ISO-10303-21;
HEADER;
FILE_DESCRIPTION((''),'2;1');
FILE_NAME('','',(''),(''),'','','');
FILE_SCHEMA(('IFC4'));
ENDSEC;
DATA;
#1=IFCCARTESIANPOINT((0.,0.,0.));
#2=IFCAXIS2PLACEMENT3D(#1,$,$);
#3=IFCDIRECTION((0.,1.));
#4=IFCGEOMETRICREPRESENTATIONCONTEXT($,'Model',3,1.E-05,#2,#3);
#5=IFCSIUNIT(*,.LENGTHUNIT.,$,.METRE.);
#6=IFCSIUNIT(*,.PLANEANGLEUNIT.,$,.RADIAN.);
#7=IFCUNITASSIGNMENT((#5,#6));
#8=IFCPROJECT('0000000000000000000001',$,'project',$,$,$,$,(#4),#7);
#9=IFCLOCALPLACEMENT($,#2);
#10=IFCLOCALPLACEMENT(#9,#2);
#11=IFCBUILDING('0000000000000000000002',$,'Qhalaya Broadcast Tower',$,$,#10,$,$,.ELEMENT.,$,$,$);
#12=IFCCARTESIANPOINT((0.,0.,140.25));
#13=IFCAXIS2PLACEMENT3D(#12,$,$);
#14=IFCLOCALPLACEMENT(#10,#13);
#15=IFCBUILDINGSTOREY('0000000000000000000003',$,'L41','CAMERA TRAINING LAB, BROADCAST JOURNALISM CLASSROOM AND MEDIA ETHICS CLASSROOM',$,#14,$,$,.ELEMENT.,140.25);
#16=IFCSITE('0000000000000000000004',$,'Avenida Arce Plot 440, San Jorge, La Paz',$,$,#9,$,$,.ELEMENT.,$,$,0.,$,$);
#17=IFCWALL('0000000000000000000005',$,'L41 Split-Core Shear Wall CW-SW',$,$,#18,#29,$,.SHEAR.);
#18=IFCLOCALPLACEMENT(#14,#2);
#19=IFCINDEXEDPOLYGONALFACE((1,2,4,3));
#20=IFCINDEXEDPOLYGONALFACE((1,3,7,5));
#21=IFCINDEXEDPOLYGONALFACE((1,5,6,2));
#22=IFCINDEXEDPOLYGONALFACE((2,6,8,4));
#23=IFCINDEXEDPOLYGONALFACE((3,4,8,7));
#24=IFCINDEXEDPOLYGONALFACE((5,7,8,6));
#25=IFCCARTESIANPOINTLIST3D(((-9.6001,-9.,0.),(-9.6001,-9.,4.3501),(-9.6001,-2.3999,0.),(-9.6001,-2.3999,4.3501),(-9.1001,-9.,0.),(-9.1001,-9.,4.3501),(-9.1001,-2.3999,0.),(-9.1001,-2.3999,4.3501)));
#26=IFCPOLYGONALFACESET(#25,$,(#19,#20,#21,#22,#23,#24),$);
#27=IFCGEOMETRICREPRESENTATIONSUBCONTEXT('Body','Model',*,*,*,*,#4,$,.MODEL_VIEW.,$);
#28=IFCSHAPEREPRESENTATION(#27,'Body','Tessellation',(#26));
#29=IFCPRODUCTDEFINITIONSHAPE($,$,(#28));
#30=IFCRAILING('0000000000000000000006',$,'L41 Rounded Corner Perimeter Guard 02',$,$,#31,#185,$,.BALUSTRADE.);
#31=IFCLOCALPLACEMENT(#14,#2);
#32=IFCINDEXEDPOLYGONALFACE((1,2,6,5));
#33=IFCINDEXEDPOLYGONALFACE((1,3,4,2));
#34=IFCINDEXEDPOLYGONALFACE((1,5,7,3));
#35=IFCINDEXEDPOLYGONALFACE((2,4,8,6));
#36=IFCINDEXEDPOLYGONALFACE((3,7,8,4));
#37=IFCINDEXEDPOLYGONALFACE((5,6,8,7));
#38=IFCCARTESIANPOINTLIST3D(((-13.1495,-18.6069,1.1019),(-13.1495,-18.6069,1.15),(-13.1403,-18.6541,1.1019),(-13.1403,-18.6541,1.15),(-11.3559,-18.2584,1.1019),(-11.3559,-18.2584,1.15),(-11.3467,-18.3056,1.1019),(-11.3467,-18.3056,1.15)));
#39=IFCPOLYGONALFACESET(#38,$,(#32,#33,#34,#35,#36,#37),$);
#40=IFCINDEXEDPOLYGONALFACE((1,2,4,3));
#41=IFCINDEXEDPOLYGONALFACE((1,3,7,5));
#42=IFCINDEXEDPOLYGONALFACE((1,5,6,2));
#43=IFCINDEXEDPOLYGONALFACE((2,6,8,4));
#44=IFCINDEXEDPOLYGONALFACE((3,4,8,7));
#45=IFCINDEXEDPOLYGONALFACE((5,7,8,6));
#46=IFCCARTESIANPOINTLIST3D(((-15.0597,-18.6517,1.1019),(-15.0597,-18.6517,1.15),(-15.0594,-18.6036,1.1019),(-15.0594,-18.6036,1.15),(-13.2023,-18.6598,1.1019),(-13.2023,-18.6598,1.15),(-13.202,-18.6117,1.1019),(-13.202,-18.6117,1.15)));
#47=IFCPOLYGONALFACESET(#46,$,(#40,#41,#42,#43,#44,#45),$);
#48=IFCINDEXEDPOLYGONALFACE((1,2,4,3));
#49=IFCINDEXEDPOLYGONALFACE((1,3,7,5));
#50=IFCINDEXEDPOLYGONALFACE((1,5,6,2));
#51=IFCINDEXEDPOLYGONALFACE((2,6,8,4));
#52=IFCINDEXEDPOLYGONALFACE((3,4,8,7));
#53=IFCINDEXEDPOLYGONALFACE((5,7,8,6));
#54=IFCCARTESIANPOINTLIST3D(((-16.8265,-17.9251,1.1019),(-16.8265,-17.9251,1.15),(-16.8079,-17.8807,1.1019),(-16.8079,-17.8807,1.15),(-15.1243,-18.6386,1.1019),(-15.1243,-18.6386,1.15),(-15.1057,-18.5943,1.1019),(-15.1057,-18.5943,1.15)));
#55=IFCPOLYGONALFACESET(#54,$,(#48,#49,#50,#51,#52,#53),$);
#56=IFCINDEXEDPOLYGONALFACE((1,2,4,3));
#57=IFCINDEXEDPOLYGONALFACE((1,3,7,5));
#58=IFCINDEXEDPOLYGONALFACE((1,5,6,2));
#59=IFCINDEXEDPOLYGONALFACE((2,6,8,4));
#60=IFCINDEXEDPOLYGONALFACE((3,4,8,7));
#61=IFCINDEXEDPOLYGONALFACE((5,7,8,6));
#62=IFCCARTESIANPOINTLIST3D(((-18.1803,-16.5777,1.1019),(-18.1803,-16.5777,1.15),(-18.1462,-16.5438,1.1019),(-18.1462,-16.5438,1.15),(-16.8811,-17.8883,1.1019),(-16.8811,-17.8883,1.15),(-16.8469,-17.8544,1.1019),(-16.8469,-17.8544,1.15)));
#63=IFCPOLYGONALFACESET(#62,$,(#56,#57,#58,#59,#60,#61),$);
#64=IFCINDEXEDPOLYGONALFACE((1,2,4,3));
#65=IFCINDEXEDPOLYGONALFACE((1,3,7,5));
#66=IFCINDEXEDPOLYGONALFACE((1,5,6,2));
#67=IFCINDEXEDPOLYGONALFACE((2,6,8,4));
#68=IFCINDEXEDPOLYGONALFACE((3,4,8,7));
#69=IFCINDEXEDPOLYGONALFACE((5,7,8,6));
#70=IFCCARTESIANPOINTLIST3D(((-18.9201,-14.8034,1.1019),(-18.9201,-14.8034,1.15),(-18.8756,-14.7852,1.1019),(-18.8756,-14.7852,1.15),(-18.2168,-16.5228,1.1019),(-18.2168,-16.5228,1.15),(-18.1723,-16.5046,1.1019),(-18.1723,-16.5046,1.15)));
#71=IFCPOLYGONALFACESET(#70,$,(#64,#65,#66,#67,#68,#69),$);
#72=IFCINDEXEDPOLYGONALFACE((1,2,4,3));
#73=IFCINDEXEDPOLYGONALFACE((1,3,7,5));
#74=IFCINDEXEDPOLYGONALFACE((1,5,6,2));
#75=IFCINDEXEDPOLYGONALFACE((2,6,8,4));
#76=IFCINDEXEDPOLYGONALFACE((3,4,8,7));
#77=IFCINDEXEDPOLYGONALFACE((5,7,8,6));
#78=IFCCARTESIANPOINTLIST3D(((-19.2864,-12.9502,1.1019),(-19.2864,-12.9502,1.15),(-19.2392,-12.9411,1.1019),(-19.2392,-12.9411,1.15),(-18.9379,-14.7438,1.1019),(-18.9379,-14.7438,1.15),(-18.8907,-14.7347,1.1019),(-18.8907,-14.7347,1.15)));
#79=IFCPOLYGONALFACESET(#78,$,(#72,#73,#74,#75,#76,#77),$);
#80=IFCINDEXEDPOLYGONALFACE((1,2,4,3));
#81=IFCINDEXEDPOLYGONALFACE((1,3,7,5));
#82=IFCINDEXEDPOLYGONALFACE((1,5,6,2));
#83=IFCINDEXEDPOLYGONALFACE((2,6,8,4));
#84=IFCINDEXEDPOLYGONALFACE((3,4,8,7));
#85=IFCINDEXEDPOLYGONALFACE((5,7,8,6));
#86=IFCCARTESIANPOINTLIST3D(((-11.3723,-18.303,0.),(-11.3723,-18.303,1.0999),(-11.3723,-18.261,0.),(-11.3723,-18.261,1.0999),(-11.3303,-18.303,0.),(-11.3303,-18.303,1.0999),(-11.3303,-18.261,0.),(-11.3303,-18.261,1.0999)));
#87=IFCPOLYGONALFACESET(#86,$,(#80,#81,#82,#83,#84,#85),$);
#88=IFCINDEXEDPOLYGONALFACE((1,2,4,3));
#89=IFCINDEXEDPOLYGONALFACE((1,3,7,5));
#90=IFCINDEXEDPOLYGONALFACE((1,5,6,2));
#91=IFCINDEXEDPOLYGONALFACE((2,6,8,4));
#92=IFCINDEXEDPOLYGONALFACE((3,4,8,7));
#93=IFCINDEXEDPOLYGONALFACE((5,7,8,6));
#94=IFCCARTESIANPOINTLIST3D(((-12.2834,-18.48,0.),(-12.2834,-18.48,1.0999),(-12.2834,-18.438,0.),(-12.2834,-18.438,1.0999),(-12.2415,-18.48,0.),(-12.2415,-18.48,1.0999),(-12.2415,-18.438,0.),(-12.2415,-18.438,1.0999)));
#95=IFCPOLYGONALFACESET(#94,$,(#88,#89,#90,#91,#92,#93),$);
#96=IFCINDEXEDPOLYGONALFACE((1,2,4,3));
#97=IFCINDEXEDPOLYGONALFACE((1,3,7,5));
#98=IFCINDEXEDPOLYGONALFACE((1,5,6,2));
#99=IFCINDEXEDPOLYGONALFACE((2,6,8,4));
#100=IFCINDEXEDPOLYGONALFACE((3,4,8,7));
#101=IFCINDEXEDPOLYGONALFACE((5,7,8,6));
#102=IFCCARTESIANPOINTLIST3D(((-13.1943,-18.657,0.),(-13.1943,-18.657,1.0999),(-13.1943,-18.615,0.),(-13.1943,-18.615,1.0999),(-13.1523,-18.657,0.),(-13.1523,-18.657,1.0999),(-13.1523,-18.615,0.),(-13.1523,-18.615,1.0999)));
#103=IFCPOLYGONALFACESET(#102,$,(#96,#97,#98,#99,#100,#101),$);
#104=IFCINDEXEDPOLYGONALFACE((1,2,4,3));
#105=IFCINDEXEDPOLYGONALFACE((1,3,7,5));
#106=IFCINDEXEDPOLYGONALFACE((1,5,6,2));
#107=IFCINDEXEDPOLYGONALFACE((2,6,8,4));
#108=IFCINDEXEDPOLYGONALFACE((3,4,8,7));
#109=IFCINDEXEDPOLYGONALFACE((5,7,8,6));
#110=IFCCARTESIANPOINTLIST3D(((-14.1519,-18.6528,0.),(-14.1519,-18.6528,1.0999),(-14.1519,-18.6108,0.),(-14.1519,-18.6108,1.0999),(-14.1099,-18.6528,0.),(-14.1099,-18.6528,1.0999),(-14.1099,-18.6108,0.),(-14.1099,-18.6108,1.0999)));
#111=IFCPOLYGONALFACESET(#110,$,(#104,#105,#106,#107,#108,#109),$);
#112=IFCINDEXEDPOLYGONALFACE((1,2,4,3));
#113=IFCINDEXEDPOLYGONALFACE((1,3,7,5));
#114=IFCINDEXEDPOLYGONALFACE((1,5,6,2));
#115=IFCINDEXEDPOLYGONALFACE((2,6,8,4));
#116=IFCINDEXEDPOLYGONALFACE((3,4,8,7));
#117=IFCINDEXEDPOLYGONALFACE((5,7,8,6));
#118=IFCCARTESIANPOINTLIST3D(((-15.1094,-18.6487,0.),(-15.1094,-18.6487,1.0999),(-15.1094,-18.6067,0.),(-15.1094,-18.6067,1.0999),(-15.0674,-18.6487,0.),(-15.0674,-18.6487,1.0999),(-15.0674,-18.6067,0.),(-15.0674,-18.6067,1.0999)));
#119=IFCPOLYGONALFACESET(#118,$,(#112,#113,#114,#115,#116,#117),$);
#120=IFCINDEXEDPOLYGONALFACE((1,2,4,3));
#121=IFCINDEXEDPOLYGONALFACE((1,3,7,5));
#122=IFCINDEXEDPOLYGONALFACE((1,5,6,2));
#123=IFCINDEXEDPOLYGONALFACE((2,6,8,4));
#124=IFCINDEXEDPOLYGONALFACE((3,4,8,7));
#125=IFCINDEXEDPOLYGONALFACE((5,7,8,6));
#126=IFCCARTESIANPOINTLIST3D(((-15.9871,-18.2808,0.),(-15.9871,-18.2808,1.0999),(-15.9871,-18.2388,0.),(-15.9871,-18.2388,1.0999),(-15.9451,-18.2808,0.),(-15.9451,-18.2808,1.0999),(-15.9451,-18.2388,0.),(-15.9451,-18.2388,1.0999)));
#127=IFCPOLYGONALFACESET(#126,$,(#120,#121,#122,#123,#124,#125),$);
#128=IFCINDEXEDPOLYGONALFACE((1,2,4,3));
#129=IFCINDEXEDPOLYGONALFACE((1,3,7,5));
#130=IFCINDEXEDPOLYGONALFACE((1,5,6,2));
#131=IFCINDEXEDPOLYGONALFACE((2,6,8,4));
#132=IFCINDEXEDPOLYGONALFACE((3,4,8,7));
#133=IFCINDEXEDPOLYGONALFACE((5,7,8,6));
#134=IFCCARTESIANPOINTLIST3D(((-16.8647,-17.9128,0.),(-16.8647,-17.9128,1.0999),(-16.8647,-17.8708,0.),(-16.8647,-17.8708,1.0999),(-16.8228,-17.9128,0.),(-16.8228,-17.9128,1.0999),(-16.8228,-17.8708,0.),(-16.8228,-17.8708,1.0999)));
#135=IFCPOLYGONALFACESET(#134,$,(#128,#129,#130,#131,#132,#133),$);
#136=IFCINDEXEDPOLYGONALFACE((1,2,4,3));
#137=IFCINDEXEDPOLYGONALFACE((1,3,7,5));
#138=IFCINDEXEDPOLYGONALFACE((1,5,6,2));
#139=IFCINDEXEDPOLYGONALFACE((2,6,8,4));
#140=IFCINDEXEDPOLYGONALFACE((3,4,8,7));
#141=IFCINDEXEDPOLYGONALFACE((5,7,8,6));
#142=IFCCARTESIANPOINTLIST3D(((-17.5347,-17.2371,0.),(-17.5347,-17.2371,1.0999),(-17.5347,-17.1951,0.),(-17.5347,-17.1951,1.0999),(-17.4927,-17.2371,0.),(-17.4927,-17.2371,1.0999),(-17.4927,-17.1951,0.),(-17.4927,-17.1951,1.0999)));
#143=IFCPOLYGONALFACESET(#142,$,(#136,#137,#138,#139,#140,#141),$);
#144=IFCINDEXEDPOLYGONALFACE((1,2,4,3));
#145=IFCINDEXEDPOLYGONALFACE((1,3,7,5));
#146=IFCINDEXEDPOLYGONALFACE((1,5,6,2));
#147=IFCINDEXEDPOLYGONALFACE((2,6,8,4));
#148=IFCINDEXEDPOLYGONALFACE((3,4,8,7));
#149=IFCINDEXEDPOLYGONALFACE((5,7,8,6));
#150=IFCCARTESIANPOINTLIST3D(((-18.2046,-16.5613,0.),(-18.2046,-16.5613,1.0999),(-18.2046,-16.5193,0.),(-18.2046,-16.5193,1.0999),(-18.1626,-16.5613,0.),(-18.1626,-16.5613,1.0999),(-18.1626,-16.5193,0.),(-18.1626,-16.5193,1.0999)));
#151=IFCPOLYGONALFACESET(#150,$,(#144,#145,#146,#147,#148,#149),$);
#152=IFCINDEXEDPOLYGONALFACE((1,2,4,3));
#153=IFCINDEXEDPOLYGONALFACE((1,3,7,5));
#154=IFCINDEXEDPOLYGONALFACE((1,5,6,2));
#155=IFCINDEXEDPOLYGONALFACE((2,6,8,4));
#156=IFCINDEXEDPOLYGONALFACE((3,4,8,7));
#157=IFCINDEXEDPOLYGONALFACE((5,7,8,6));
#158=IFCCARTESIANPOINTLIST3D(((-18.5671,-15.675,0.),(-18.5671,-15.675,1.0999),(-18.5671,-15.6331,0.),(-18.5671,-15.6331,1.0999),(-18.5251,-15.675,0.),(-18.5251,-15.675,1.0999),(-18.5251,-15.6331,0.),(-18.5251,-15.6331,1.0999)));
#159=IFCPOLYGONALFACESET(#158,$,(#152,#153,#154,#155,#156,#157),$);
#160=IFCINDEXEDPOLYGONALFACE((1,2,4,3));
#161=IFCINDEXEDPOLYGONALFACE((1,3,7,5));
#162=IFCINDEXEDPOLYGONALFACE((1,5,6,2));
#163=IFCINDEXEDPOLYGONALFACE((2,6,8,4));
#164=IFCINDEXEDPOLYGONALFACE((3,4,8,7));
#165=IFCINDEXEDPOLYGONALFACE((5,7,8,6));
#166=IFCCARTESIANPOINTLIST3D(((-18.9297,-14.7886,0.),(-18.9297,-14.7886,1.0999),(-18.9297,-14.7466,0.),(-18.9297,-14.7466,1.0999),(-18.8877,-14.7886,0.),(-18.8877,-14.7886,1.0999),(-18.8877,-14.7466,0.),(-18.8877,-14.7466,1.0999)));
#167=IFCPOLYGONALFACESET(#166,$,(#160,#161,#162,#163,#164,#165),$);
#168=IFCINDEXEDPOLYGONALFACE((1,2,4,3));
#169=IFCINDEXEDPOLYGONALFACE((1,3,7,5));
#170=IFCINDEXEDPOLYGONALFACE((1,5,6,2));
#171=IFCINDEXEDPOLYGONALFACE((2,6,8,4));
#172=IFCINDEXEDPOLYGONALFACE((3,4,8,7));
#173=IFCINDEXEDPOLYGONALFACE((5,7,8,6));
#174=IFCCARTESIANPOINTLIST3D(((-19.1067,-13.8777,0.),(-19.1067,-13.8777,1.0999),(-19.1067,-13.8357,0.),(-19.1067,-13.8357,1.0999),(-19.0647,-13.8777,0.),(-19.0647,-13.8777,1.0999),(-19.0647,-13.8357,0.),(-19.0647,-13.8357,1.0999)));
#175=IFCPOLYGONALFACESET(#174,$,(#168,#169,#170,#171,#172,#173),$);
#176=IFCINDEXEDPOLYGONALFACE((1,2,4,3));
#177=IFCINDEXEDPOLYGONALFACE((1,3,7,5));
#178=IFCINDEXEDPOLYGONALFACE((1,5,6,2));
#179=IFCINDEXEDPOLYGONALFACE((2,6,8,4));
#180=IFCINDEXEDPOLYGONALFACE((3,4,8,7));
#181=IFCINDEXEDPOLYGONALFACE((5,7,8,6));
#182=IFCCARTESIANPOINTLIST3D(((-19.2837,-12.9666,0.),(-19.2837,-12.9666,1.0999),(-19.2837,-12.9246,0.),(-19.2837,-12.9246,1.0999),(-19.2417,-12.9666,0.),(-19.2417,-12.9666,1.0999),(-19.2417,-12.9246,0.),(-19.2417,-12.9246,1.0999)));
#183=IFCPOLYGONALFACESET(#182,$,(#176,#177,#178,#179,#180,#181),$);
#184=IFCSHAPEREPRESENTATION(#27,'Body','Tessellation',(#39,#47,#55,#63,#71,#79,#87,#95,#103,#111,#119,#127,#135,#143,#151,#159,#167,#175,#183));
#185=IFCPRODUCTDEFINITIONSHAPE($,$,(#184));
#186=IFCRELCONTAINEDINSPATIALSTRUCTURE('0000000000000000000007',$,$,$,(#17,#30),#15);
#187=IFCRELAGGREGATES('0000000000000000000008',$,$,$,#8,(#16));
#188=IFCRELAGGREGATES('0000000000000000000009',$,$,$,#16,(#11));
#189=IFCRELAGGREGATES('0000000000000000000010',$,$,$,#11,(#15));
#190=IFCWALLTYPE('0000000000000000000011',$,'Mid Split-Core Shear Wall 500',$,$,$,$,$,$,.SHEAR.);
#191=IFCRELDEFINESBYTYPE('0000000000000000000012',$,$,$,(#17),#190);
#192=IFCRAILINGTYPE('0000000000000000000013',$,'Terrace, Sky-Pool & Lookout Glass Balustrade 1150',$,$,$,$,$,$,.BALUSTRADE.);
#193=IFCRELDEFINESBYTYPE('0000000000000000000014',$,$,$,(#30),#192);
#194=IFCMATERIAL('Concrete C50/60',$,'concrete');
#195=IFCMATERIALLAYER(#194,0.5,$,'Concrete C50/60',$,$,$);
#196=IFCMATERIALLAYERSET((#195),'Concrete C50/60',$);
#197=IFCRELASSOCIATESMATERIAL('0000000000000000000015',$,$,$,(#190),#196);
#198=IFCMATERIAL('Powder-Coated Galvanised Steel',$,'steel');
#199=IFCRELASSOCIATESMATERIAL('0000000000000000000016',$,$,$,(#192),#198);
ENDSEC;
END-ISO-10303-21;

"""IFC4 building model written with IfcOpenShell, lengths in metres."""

from ifc_helpers import new_model, si_unit, direction, frame, frame_2d, origin, origin_2d, place, context, subcontext, project, spatial, rectangle, extrude, material, layer, layer_set, type_object, element, save


model = new_model("IFC4")

# Units and contexts
model_context = context("Model", 3, precision=1e-05, world=origin(), true_north=direction((0.0, 1.0)))
body_context = subcontext(model_context, "Body", "Model", "MODEL_VIEW")
ifc_project = project(units=[si_unit("LENGTHUNIT", "METRE"), si_unit("PLANEANGLEUNIT", "RADIAN")], contexts=[model_context])

# Site, building, storey
site_placement = place(None, origin())
site = spatial("IfcSite", under=ifc_project, at=site_placement, Name="Avenida Arce Plot 440, San Jorge, La Paz", CompositionType="ELEMENT", RefElevation=0.0)
building_placement = place(site_placement, origin())
building = spatial("IfcBuilding", under=site, at=building_placement, Name="Qhalaya Broadcast Tower", CompositionType="ELEMENT")
storey_placement = place(building_placement, frame((0.0, 0.0, 140.25)))
storey = spatial("IfcBuildingStorey", under=building, at=storey_placement, Name="L41", Description="CAMERA TRAINING LAB, BROADCAST JOURNALISM CLASSROOM AND MEDIA ETHICS CLASSROOM", CompositionType="ELEMENT", Elevation=140.25)

# Wall
ifc_material_1 = material(Name="Concrete C50/60", Category="concrete")
ifc_layer_1 = layer(ifc_material_1, 0.5, Name="Concrete C50/60")
ifc_layer_set_1 = layer_set([ifc_layer_1], Name="Concrete C50/60")
wall_type_1 = type_object("IfcWallType", Name="Mid Split-Core Shear Wall 500", PredefinedType="SHEAR", material=ifc_layer_set_1)
wall_1_placement = place(storey_placement, frame((-9.3501, -9.0, 0.0), z_axis=(0.0, 0.0, 1.0), x_axis=(0.0, 1.0, 0.0)))
element("IfcWall", 1, at=wall_1_placement, inside=storey, type_object=wall_type_1, Name="L41 Split-Core Shear Wall CW-SW", PredefinedType="SHEAR", context=body_context, shape_type="SweptSolid", body=[
    extrude(rectangle(XDim=6.6001, YDim=0.5, at=frame_2d((3.3, 0.0))), origin(), (0.0, 0.0, 1.0), 4.3501),
])

# Railing
ifc_material_2 = material(Name="Powder-Coated Galvanised Steel", Category="steel")
railing_type = type_object("IfcRailingType", Name="Terrace, Sky-Pool & Lookout Glass Balustrade 1150", PredefinedType="BALUSTRADE", material=ifc_material_2)
railing_placement = place(storey_placement, frame((-11.3513, -18.282, 0.0)))
element("IfcRailing", 2, at=railing_placement, inside=storey, type_object=railing_type, Name="L41 Rounded Corner Perimeter Guard 02", PredefinedType="BALUSTRADE", context=body_context, shape_type="SweptSolid", body=[
    extrude(rectangle(XDim=0.0481, YDim=0.0481, at=origin_2d()), frame((0.0, 0.0, 1.126), z_axis=(-0.981643, -0.190725, 0.0), x_axis=(0.190725, -0.981643, 0.0)), (0.0, 0.0, 1.0), 1.8271),
    extrude(rectangle(XDim=0.0481, YDim=0.0481, at=origin_2d()), frame((-1.8508, -0.3538, 1.126), z_axis=(-0.999991, 0.004334, 0.0), x_axis=(-0.004334, -0.999991, 0.0)), (0.0, 0.0, 1.0), 1.8574),
    extrude(rectangle(XDim=0.0481, YDim=0.0481, at=origin_2d()), frame((-3.7637, -0.3345, 1.126), z_axis=(-0.922247, 0.3866, 0.0), x_axis=(-0.3866, -0.922247, 0.0)), (0.0, 0.0, 1.0), 1.8457),
    extrude(rectangle(XDim=0.0481, YDim=0.0481, at=origin_2d()), frame((-5.5127, 0.4106, 1.126), z_axis=(-0.704021, 0.710179, 0.0), x_axis=(-0.710179, -0.704021, 0.0)), (0.0, 0.0, 1.0), 1.8455),
    extrude(rectangle(XDim=0.0481, YDim=0.0481, at=origin_2d()), frame((-6.8433, 1.7683, 1.126), z_axis=(-0.378588, 0.925565, 0.0), x_axis=(-0.925565, -0.378588, 0.0)), (0.0, 0.0, 1.0), 1.8577),
    extrude(rectangle(XDim=0.0481, YDim=0.0481, at=origin_2d()), frame((-7.563, 3.5427, 1.126), z_axis=(-0.190725, 0.981643, 0.0), x_axis=(-0.981643, -0.190725, 0.0)), (0.0, 0.0, 1.0), 1.8271),
    extrude(rectangle(XDim=0.042, YDim=0.042, at=origin_2d()), origin(), (0.0, 0.0, 1.0), 1.0999),
    extrude(rectangle(XDim=0.042, YDim=0.042, at=origin_2d()), frame((-0.9111, -0.177, 0.0)), (0.0, 0.0, 1.0), 1.0999),
    extrude(rectangle(XDim=0.042, YDim=0.042, at=origin_2d()), frame((-1.822, -0.354, 0.0)), (0.0, 0.0, 1.0), 1.0999),
    extrude(rectangle(XDim=0.042, YDim=0.042, at=origin_2d()), frame((-2.7795, -0.3499, 0.0)), (0.0, 0.0, 1.0), 1.0999),
    extrude(rectangle(XDim=0.042, YDim=0.042, at=origin_2d()), frame((-3.7371, -0.3457, 0.0)), (0.0, 0.0, 1.0), 1.0999),
    extrude(rectangle(XDim=0.042, YDim=0.042, at=origin_2d()), frame((-4.6147, 0.0222, 0.0)), (0.0, 0.0, 1.0), 1.0999),
    extrude(rectangle(XDim=0.042, YDim=0.042, at=origin_2d()), frame((-5.4924, 0.3901, 0.0)), (0.0, 0.0, 1.0), 1.0999),
    extrude(rectangle(XDim=0.042, YDim=0.042, at=origin_2d()), frame((-6.1624, 1.0659, 0.0)), (0.0, 0.0, 1.0), 1.0999),
    extrude(rectangle(XDim=0.042, YDim=0.042, at=origin_2d()), frame((-6.8323, 1.7417, 0.0)), (0.0, 0.0, 1.0), 1.0999),
    extrude(rectangle(XDim=0.042, YDim=0.042, at=origin_2d()), frame((-7.1948, 2.6279, 0.0)), (0.0, 0.0, 1.0), 1.0999),
    extrude(rectangle(XDim=0.042, YDim=0.042, at=origin_2d()), frame((-7.5574, 3.5144, 0.0)), (0.0, 0.0, 1.0), 1.0999),
    extrude(rectangle(XDim=0.042, YDim=0.042, at=origin_2d()), frame((-7.7344, 4.4253, 0.0)), (0.0, 0.0, 1.0), 1.0999),
    extrude(rectangle(XDim=0.042, YDim=0.042, at=origin_2d()), frame((-7.9114, 5.3364, 0.0)), (0.0, 0.0, 1.0), 1.0999),
])

save(model, "model.ifc")
